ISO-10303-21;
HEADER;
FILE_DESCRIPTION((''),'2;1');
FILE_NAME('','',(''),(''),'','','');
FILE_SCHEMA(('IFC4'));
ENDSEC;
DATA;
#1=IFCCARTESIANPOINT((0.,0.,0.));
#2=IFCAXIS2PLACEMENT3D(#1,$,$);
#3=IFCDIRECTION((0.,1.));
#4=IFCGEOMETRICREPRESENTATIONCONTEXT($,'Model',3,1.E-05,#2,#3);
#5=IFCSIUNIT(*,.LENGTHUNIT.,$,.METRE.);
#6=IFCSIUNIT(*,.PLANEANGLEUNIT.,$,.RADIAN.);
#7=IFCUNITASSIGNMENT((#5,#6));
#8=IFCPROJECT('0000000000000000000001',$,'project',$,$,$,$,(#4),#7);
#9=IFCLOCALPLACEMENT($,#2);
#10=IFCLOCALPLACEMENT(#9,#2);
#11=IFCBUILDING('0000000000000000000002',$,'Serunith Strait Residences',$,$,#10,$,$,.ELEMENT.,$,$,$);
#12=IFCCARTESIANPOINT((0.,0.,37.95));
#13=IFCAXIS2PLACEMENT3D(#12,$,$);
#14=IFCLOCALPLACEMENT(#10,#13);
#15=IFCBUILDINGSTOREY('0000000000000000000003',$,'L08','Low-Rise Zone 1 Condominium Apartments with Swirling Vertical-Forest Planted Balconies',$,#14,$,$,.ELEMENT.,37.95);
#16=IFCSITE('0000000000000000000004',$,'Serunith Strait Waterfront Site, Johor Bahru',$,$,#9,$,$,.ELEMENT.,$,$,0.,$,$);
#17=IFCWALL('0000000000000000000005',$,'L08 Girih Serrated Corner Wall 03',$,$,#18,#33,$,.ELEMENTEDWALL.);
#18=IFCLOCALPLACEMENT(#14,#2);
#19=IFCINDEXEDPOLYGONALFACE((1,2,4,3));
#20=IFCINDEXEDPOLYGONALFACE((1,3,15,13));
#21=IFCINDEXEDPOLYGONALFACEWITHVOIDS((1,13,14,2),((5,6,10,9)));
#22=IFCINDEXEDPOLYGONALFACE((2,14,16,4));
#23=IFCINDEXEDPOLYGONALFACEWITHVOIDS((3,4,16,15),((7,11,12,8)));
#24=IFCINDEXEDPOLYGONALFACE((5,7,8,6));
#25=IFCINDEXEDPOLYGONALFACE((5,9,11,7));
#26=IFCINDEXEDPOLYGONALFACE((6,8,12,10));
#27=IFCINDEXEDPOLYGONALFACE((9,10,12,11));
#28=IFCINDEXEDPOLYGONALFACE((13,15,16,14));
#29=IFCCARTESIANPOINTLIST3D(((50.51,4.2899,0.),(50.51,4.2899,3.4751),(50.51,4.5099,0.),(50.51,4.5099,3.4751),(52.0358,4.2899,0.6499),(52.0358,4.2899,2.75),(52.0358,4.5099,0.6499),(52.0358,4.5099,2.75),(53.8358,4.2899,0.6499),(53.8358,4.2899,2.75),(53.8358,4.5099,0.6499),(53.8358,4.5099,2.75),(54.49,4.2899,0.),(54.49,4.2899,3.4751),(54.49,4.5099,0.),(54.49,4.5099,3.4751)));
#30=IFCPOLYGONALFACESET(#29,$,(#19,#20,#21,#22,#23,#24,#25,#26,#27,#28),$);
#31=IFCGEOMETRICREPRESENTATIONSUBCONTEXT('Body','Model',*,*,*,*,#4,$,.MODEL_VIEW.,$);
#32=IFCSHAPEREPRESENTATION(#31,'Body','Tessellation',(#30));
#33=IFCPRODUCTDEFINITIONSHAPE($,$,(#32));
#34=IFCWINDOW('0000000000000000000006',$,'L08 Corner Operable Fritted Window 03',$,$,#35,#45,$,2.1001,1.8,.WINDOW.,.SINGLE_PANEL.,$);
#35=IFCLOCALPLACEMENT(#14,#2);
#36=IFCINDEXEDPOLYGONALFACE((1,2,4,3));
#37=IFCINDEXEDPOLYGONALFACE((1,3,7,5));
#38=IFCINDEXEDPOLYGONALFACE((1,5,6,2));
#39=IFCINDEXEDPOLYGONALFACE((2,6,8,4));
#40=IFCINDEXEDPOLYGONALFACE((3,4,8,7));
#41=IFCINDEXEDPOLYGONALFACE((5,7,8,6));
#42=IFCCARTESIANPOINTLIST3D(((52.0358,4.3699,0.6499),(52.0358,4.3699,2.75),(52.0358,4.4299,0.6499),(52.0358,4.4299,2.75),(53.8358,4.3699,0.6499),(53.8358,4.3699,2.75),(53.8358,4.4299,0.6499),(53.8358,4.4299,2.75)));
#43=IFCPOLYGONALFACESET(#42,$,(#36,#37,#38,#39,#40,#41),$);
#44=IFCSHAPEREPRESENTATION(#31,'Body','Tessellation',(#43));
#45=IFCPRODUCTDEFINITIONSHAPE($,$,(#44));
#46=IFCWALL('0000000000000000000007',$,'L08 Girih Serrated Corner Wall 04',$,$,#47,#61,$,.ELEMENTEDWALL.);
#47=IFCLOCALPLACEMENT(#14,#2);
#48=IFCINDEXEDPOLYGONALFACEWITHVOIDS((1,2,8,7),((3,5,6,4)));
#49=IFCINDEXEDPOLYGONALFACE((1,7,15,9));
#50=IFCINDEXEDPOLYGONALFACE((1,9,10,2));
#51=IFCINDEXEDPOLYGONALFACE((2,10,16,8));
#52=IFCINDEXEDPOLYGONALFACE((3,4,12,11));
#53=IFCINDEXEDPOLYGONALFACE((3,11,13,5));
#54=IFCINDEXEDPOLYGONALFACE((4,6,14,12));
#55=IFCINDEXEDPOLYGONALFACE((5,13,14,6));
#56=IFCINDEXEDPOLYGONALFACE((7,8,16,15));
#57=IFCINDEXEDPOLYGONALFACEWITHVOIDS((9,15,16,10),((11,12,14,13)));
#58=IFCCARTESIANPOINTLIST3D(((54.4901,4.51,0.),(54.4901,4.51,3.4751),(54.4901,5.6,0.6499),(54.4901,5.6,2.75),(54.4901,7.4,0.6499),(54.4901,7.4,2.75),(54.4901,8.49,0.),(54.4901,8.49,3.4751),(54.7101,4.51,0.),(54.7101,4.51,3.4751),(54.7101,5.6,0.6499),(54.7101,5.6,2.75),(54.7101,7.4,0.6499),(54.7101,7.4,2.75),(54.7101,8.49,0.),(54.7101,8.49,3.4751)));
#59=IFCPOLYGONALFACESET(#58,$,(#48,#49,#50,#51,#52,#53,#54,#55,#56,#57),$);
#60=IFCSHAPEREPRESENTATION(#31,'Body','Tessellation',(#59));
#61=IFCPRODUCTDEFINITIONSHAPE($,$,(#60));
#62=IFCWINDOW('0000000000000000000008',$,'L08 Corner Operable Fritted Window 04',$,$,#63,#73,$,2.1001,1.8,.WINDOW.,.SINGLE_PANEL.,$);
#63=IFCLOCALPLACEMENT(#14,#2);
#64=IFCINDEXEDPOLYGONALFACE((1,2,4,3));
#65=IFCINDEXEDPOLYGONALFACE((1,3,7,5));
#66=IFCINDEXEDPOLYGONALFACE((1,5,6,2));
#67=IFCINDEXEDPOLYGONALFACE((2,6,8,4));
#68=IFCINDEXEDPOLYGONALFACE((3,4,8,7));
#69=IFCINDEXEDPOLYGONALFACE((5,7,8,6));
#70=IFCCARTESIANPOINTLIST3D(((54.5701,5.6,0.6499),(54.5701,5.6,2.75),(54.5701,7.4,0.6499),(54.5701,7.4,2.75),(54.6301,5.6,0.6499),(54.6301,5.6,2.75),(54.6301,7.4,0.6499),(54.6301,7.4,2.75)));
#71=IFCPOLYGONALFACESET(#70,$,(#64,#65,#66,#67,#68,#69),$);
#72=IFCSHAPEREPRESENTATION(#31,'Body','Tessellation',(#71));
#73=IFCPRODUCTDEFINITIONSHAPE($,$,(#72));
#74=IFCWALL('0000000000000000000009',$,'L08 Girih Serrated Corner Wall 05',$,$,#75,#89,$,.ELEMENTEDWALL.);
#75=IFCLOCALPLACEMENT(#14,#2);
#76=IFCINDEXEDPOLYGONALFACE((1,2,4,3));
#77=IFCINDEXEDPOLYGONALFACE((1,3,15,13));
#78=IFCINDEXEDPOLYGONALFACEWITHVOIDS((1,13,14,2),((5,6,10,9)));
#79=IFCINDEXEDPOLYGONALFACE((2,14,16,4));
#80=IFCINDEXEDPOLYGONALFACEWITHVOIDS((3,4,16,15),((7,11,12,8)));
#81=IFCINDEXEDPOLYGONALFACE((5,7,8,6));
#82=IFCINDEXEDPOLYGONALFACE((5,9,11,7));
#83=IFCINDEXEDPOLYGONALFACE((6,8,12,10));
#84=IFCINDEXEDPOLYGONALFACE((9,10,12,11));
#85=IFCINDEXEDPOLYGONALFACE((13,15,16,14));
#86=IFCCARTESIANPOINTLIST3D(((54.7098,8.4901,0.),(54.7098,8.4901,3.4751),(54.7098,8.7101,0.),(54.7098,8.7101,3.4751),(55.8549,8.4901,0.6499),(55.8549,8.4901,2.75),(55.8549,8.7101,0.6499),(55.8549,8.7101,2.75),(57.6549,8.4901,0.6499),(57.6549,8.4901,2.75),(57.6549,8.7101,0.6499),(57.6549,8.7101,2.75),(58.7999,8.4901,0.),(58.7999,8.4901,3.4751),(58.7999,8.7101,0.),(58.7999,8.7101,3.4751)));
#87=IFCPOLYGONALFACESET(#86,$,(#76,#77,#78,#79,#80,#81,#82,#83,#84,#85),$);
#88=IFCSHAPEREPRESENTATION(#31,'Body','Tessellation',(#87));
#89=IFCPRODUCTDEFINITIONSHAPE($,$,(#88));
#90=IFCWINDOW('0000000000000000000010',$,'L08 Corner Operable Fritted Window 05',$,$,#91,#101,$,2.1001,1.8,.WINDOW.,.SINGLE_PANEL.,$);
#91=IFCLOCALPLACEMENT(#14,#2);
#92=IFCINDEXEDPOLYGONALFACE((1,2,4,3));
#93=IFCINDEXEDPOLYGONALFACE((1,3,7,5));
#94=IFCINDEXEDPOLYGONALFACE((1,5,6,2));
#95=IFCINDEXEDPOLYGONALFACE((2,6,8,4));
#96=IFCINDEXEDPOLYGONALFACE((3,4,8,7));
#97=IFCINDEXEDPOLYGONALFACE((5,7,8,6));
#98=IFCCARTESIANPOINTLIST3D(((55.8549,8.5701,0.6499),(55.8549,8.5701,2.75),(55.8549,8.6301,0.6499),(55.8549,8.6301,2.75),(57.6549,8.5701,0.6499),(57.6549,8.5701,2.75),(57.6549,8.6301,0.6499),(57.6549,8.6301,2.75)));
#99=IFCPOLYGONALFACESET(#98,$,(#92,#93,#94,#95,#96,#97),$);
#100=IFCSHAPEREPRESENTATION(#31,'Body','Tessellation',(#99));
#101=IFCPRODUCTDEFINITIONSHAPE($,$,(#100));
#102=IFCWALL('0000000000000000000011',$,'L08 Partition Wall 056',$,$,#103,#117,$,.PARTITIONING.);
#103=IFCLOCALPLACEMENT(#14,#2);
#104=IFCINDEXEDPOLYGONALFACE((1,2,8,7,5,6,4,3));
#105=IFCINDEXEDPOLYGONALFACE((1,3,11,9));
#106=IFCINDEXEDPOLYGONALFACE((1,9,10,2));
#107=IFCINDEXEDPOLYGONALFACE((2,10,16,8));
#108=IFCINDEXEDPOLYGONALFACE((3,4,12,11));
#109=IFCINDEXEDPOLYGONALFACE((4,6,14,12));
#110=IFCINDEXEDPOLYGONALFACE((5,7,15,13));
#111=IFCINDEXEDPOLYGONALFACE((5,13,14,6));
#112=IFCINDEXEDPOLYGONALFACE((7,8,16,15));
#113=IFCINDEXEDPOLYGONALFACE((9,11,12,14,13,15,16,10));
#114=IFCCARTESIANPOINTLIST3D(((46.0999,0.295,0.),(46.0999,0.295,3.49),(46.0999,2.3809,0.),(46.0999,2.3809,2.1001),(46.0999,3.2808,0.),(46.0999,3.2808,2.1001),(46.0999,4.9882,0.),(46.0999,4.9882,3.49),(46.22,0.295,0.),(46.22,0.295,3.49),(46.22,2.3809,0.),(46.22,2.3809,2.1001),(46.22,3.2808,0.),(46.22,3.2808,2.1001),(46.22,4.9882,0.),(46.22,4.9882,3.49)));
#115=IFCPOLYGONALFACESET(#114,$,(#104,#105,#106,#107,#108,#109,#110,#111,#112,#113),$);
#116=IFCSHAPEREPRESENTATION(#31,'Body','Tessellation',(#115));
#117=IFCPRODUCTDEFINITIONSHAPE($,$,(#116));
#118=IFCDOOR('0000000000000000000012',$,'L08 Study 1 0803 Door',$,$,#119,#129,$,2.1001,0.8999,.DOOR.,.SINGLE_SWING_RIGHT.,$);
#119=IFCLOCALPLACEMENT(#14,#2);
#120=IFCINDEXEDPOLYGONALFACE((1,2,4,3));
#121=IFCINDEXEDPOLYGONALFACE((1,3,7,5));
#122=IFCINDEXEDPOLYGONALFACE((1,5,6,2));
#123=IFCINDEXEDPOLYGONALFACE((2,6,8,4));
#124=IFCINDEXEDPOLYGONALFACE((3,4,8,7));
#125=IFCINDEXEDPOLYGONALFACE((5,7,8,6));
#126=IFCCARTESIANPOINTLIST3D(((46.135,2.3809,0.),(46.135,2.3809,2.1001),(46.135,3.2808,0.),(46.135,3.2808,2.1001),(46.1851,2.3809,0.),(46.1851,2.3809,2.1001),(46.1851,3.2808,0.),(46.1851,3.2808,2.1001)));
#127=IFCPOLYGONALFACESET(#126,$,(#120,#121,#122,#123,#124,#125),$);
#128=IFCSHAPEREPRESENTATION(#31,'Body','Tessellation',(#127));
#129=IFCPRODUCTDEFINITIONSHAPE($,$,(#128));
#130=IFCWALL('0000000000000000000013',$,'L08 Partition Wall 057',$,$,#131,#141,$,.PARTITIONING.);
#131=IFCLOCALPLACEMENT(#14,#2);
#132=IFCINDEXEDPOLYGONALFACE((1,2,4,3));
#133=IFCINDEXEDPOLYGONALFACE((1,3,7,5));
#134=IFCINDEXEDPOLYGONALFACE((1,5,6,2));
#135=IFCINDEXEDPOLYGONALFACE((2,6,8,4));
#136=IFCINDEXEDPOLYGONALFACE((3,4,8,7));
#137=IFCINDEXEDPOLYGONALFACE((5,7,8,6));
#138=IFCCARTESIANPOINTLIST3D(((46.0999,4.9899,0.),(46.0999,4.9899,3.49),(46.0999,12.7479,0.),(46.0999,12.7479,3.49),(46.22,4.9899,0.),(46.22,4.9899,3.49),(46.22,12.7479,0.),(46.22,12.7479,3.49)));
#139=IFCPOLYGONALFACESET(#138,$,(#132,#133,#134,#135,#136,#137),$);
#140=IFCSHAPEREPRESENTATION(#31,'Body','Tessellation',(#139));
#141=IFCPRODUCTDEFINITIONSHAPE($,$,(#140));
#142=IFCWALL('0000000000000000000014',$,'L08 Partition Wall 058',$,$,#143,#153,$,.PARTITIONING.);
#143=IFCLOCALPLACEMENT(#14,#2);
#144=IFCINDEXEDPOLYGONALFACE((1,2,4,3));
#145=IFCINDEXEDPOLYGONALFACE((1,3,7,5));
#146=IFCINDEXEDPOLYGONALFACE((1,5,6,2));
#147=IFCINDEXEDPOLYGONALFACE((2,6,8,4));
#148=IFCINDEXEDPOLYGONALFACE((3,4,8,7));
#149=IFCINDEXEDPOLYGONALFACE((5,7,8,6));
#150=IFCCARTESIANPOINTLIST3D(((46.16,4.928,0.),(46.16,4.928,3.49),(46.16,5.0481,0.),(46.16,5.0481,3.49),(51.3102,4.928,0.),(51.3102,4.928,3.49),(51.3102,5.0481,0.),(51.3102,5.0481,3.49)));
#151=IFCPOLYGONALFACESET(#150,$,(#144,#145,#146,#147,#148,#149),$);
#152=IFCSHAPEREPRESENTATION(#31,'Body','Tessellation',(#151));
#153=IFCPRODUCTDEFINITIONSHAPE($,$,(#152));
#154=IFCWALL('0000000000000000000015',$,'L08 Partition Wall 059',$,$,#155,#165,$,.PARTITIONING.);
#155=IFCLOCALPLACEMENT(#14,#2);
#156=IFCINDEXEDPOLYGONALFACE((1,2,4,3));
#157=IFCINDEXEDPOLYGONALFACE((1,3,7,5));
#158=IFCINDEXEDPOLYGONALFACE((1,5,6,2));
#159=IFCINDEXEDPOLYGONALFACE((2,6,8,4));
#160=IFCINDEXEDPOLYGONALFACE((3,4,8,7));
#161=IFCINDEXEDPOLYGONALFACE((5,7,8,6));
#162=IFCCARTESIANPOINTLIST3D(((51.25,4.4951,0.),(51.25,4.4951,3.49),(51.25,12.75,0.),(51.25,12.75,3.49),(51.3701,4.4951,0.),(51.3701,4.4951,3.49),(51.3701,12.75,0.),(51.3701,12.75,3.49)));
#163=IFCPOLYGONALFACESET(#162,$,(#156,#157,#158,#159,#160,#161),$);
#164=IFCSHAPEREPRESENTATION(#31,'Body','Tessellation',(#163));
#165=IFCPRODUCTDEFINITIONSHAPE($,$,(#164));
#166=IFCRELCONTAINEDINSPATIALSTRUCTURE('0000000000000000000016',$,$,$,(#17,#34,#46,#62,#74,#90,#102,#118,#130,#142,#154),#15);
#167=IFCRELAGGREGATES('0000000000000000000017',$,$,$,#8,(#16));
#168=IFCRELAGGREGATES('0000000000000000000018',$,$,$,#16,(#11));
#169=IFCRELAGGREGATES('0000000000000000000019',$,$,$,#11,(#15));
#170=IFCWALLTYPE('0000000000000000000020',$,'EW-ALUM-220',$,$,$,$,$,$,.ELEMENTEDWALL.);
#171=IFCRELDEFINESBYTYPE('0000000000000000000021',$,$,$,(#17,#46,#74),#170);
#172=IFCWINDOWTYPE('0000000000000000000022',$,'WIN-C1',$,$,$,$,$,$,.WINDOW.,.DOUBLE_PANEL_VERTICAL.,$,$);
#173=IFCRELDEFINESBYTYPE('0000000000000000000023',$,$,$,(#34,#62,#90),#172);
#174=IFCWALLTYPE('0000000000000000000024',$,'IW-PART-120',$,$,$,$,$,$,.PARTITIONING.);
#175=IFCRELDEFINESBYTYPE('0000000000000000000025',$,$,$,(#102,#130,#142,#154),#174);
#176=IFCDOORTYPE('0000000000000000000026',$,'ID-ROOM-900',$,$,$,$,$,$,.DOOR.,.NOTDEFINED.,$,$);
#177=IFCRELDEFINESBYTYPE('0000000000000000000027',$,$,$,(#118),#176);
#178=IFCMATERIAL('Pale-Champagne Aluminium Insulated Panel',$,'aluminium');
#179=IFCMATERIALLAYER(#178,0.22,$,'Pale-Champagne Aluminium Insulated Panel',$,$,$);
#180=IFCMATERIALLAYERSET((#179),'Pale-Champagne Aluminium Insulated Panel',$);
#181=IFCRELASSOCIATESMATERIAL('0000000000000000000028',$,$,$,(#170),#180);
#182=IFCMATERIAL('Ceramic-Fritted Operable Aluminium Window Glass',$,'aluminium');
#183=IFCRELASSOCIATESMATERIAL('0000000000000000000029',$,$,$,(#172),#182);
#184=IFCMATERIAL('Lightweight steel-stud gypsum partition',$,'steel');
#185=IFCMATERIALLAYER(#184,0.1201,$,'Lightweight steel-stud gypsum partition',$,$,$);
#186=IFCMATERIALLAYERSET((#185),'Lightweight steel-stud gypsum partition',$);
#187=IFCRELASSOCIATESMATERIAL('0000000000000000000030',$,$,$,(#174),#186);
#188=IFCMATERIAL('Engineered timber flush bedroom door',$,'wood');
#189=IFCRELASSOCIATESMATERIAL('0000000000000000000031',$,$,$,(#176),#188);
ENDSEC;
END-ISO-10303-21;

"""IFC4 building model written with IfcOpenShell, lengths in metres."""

from ifc_helpers import new_model, si_unit, direction, frame, frame_2d, origin, place, context, subcontext, project, spatial, rectangle, extrude, source, transform, mapped, material, layer, layer_set, type_object, element, fill, save


model = new_model("IFC4")

# Units and contexts
model_context = context("Model", 3, precision=1e-05, world=origin(), true_north=direction((0.0, 1.0)))
body_context = subcontext(model_context, "Body", "Model", "MODEL_VIEW")
ifc_project = project(units=[si_unit("LENGTHUNIT", "METRE"), si_unit("PLANEANGLEUNIT", "RADIAN")], contexts=[model_context])

# Site, building, storey
site_placement = place(None, origin())
site = spatial("IfcSite", under=ifc_project, at=site_placement, Name="Serunith Strait Waterfront Site, Johor Bahru", CompositionType="ELEMENT", RefElevation=0.0)
building_placement = place(site_placement, origin())
building = spatial("IfcBuilding", under=site, at=building_placement, Name="Serunith Strait Residences", CompositionType="ELEMENT")
storey_placement = place(building_placement, frame((0.0, 0.0, 37.95)))
storey = spatial("IfcBuildingStorey", under=building, at=storey_placement, Name="L08", Description="Low-Rise Zone 1 Condominium Apartments with Swirling Vertical-Forest Planted Balconies", CompositionType="ELEMENT", Elevation=37.95)

# Walls, openings, windows
ifc_material_1 = material(Name="Pale-Champagne Aluminium Insulated Panel", Category="aluminium")
ifc_layer_1 = layer(ifc_material_1, 0.22, Name="Pale-Champagne Aluminium Insulated Panel")
ifc_layer_set_1 = layer_set([ifc_layer_1], Name="Pale-Champagne Aluminium Insulated Panel")
wall_type_1 = type_object("IfcWallType", Name="EW-ALUM-220", PredefinedType="ELEMENTEDWALL", material=ifc_layer_set_1)
ifc_material_2 = material(Name="Ceramic-Fritted Operable Aluminium Window Glass", Category="aluminium")
window_type = type_object("IfcWindowType", Name="WIN-C1", PartitioningType="DOUBLE_PANEL_VERTICAL", PredefinedType="WINDOW", material=ifc_material_2)
shared_shape_1 = source(origin(), body_context, "Body", "SweptSolid", [
    extrude(rectangle(XDim=1.8, YDim=2.1001, at=frame_2d((0.8999, 1.05))), frame((0.0, 0.03, 0.0), z_axis=(0.0, -1.0, 0.0), x_axis=(1.0, 0.0, 0.0)), (0.0, 0.0, 1.0), 0.0601),
])
wall_1_placement = place(storey_placement, frame((50.51, 4.3999, 0.0), z_axis=(0.0, 0.0, 1.0), x_axis=(1.0, 0.0, 0.0)))
wall_1 = element("IfcWall", 1, at=wall_1_placement, inside=storey, type_object=wall_type_1, Name="L08 Girih Serrated Corner Wall 03", PredefinedType="ELEMENTEDWALL", context=body_context, shape_type="SweptSolid", body=[
    extrude(rectangle(XDim=3.98, YDim=0.22, at=frame_2d((1.99, 0.0))), origin(), (0.0, 0.0, 1.0), 3.4751),
])
opening_1_placement = place(wall_1_placement, frame((1.5259, 0.0, 0.6499)))
opening_1 = element("IfcOpeningElement", 2, at=opening_1_placement, cuts=wall_1, PredefinedType="OPENING", context=body_context, shape_type="SweptSolid", body=[
    extrude(rectangle(XDim=1.8, YDim=2.1001, at=frame_2d((0.8999, 1.05))), frame((0.0, 0.1201, 0.0), z_axis=(0.0, -1.0, 0.0), x_axis=(1.0, 0.0, 0.0)), (0.0, 0.0, 1.0), 0.24),
])
window_1_placement = place(opening_1_placement, origin())
window_1 = element("IfcWindow", 3, at=window_1_placement, inside=storey, type_object=window_type, Name="L08 Corner Operable Fritted Window 03", OverallHeight=2.1001, OverallWidth=1.8, PartitioningType="SINGLE_PANEL", PredefinedType="WINDOW", context=body_context, shape_type="MappedRepresentation", body=[
    mapped(shared_shape_1, transform((0.0, 0.0, 0.0), scale=1.0)),
])
fill(opening_1, window_1)
wall_2_placement = place(storey_placement, frame((54.6001, 4.51, 0.0), z_axis=(0.0, 0.0, 1.0), x_axis=(0.0, 1.0, 0.0)))
wall_2 = element("IfcWall", 4, at=wall_2_placement, inside=storey, type_object=wall_type_1, Name="L08 Girih Serrated Corner Wall 04", PredefinedType="ELEMENTEDWALL", context=body_context, shape_type="SweptSolid", body=[
    extrude(rectangle(XDim=3.98, YDim=0.22, at=frame_2d((1.99, 0.0))), origin(), (0.0, 0.0, 1.0), 3.4751),
])
opening_2_placement = place(wall_2_placement, frame((1.0901, 0.0, 0.6499)))
opening_2 = element("IfcOpeningElement", 5, at=opening_2_placement, cuts=wall_2, PredefinedType="OPENING", context=body_context, shape_type="SweptSolid", body=[
    extrude(rectangle(XDim=1.8, YDim=2.1001, at=frame_2d((0.8999, 1.05))), frame((0.0, 0.1201, 0.0), z_axis=(0.0, -1.0, 0.0), x_axis=(1.0, 0.0, 0.0)), (0.0, 0.0, 1.0), 0.24),
])
window_2_placement = place(opening_2_placement, origin())
window_2 = element("IfcWindow", 6, at=window_2_placement, inside=storey, type_object=window_type, Name="L08 Corner Operable Fritted Window 04", OverallHeight=2.1001, OverallWidth=1.8, PartitioningType="SINGLE_PANEL", PredefinedType="WINDOW", context=body_context, shape_type="MappedRepresentation", body=[
    mapped(shared_shape_1, transform((0.0, 0.0, 0.0), scale=1.0)),
])
fill(opening_2, window_2)
wall_3_placement = place(storey_placement, frame((54.71, 8.6001, 0.0), z_axis=(0.0, 0.0, 1.0), x_axis=(1.0, 0.0, 0.0)))
wall_3 = element("IfcWall", 7, at=wall_3_placement, inside=storey, type_object=wall_type_1, Name="L08 Girih Serrated Corner Wall 05", PredefinedType="ELEMENTEDWALL", context=body_context, shape_type="SweptSolid", body=[
    extrude(rectangle(XDim=4.0901, YDim=0.22, at=frame_2d((2.0449, 0.0))), origin(), (0.0, 0.0, 1.0), 3.4751),
])
opening_3_placement = place(wall_3_placement, frame((1.145, 0.0, 0.6499)))
opening_3 = element("IfcOpeningElement", 8, at=opening_3_placement, cuts=wall_3, PredefinedType="OPENING", context=body_context, shape_type="SweptSolid", body=[
    extrude(rectangle(XDim=1.8, YDim=2.1001, at=frame_2d((0.8999, 1.05))), frame((0.0, 0.1201, 0.0), z_axis=(0.0, -1.0, 0.0), x_axis=(1.0, 0.0, 0.0)), (0.0, 0.0, 1.0), 0.24),
])
window_3_placement = place(opening_3_placement, origin())
window_3 = element("IfcWindow", 9, at=window_3_placement, inside=storey, type_object=window_type, Name="L08 Corner Operable Fritted Window 05", OverallHeight=2.1001, OverallWidth=1.8, PartitioningType="SINGLE_PANEL", PredefinedType="WINDOW", context=body_context, shape_type="MappedRepresentation", body=[
    mapped(shared_shape_1, transform((0.0, 0.0, 0.0), scale=1.0)),
])
fill(opening_3, window_3)

# Wall, opening, door
ifc_material_3 = material(Name="Lightweight steel-stud gypsum partition", Category="steel")
ifc_layer_2 = layer(ifc_material_3, 0.1201, Name="Lightweight steel-stud gypsum partition")
ifc_layer_set_2 = layer_set([ifc_layer_2], Name="Lightweight steel-stud gypsum partition")
wall_type_2 = type_object("IfcWallType", Name="IW-PART-120", PredefinedType="PARTITIONING", material=ifc_layer_set_2)
wall_4_placement = place(storey_placement, frame((46.1599, 0.2949, 0.0), z_axis=(0.0, 0.0, 1.0), x_axis=(0.0, 1.0, 0.0)))
wall_4 = element("IfcWall", 10, at=wall_4_placement, inside=storey, type_object=wall_type_2, Name="L08 Partition Wall 056", PredefinedType="PARTITIONING", context=body_context, shape_type="SweptSolid", body=[
    extrude(rectangle(XDim=4.6931, YDim=0.1201, at=frame_2d((2.3467, 0.0))), origin(), (0.0, 0.0, 1.0), 3.49),
])
opening_4_placement = place(wall_4_placement, frame((2.0859, 0.0, 0.0)))
opening_4 = element("IfcOpeningElement", 11, at=opening_4_placement, cuts=wall_4, PredefinedType="OPENING", context=body_context, shape_type="SweptSolid", body=[
    extrude(rectangle(XDim=0.8999, YDim=2.1001, at=frame_2d((0.45, 1.05))), frame((0.0, 0.0701, 0.0), z_axis=(0.0, -1.0, 0.0), x_axis=(1.0, 0.0, 0.0)), (0.0, 0.0, 1.0), 0.1401),
])
ifc_material_4 = material(Name="Engineered timber flush bedroom door", Category="wood")
door_type = type_object("IfcDoorType", Name="ID-ROOM-900", OperationType="NOTDEFINED", PredefinedType="DOOR", material=ifc_material_4)
shared_shape_2 = source(origin(), body_context, "Body", "SweptSolid", [
    extrude(rectangle(XDim=0.8999, YDim=2.1001, at=frame_2d((0.45, 1.05))), frame((0.0, 0.0249, 0.0), z_axis=(0.0, -1.0, 0.0), x_axis=(1.0, 0.0, 0.0)), (0.0, 0.0, 1.0), 0.05),
])
door_placement = place(opening_4_placement, origin())
door = element("IfcDoor", 12, at=door_placement, inside=storey, type_object=door_type, Name="L08 Study 1 0803 Door", OperationType="SINGLE_SWING_RIGHT", OverallHeight=2.1001, OverallWidth=0.8999, PredefinedType="DOOR", context=body_context, shape_type="MappedRepresentation", body=[
    mapped(shared_shape_2, transform((0.0, 0.0, 0.0), scale=1.0)),
])
fill(opening_4, door)

# Walls
wall_5_placement = place(storey_placement, frame((46.1599, 4.99, 0.0), z_axis=(0.0, 0.0, 1.0), x_axis=(0.0, 1.0, 0.0)))
element("IfcWall", 13, at=wall_5_placement, inside=storey, type_object=wall_type_2, Name="L08 Partition Wall 057", PredefinedType="PARTITIONING", context=body_context, shape_type="SweptSolid", body=[
    extrude(rectangle(XDim=7.7581, YDim=0.1201, at=frame_2d((3.8789, 0.0))), origin(), (0.0, 0.0, 1.0), 3.49),
])
wall_6_placement = place(storey_placement, frame((46.1599, 4.988, 0.0), z_axis=(0.0, 0.0, 1.0), x_axis=(1.0, 0.0, 0.0)))
element("IfcWall", 14, at=wall_6_placement, inside=storey, type_object=wall_type_2, Name="L08 Partition Wall 058", PredefinedType="PARTITIONING", context=body_context, shape_type="SweptSolid", body=[
    extrude(rectangle(XDim=5.1501, YDim=0.1201, at=frame_2d((2.5752, 0.0))), origin(), (0.0, 0.0, 1.0), 3.49),
])
wall_7_placement = place(storey_placement, frame((51.3101, 4.4951, 0.0), z_axis=(0.0, 0.0, 1.0), x_axis=(0.0, 1.0, 0.0)))
element("IfcWall", 15, at=wall_7_placement, inside=storey, type_object=wall_type_2, Name="L08 Partition Wall 059", PredefinedType="PARTITIONING", context=body_context, shape_type="SweptSolid", body=[
    extrude(rectangle(XDim=8.2549, YDim=0.1201, at=frame_2d((4.1274, 0.0))), origin(), (0.0, 0.0, 1.0), 3.49),
])

save(model, "model.ifc")
